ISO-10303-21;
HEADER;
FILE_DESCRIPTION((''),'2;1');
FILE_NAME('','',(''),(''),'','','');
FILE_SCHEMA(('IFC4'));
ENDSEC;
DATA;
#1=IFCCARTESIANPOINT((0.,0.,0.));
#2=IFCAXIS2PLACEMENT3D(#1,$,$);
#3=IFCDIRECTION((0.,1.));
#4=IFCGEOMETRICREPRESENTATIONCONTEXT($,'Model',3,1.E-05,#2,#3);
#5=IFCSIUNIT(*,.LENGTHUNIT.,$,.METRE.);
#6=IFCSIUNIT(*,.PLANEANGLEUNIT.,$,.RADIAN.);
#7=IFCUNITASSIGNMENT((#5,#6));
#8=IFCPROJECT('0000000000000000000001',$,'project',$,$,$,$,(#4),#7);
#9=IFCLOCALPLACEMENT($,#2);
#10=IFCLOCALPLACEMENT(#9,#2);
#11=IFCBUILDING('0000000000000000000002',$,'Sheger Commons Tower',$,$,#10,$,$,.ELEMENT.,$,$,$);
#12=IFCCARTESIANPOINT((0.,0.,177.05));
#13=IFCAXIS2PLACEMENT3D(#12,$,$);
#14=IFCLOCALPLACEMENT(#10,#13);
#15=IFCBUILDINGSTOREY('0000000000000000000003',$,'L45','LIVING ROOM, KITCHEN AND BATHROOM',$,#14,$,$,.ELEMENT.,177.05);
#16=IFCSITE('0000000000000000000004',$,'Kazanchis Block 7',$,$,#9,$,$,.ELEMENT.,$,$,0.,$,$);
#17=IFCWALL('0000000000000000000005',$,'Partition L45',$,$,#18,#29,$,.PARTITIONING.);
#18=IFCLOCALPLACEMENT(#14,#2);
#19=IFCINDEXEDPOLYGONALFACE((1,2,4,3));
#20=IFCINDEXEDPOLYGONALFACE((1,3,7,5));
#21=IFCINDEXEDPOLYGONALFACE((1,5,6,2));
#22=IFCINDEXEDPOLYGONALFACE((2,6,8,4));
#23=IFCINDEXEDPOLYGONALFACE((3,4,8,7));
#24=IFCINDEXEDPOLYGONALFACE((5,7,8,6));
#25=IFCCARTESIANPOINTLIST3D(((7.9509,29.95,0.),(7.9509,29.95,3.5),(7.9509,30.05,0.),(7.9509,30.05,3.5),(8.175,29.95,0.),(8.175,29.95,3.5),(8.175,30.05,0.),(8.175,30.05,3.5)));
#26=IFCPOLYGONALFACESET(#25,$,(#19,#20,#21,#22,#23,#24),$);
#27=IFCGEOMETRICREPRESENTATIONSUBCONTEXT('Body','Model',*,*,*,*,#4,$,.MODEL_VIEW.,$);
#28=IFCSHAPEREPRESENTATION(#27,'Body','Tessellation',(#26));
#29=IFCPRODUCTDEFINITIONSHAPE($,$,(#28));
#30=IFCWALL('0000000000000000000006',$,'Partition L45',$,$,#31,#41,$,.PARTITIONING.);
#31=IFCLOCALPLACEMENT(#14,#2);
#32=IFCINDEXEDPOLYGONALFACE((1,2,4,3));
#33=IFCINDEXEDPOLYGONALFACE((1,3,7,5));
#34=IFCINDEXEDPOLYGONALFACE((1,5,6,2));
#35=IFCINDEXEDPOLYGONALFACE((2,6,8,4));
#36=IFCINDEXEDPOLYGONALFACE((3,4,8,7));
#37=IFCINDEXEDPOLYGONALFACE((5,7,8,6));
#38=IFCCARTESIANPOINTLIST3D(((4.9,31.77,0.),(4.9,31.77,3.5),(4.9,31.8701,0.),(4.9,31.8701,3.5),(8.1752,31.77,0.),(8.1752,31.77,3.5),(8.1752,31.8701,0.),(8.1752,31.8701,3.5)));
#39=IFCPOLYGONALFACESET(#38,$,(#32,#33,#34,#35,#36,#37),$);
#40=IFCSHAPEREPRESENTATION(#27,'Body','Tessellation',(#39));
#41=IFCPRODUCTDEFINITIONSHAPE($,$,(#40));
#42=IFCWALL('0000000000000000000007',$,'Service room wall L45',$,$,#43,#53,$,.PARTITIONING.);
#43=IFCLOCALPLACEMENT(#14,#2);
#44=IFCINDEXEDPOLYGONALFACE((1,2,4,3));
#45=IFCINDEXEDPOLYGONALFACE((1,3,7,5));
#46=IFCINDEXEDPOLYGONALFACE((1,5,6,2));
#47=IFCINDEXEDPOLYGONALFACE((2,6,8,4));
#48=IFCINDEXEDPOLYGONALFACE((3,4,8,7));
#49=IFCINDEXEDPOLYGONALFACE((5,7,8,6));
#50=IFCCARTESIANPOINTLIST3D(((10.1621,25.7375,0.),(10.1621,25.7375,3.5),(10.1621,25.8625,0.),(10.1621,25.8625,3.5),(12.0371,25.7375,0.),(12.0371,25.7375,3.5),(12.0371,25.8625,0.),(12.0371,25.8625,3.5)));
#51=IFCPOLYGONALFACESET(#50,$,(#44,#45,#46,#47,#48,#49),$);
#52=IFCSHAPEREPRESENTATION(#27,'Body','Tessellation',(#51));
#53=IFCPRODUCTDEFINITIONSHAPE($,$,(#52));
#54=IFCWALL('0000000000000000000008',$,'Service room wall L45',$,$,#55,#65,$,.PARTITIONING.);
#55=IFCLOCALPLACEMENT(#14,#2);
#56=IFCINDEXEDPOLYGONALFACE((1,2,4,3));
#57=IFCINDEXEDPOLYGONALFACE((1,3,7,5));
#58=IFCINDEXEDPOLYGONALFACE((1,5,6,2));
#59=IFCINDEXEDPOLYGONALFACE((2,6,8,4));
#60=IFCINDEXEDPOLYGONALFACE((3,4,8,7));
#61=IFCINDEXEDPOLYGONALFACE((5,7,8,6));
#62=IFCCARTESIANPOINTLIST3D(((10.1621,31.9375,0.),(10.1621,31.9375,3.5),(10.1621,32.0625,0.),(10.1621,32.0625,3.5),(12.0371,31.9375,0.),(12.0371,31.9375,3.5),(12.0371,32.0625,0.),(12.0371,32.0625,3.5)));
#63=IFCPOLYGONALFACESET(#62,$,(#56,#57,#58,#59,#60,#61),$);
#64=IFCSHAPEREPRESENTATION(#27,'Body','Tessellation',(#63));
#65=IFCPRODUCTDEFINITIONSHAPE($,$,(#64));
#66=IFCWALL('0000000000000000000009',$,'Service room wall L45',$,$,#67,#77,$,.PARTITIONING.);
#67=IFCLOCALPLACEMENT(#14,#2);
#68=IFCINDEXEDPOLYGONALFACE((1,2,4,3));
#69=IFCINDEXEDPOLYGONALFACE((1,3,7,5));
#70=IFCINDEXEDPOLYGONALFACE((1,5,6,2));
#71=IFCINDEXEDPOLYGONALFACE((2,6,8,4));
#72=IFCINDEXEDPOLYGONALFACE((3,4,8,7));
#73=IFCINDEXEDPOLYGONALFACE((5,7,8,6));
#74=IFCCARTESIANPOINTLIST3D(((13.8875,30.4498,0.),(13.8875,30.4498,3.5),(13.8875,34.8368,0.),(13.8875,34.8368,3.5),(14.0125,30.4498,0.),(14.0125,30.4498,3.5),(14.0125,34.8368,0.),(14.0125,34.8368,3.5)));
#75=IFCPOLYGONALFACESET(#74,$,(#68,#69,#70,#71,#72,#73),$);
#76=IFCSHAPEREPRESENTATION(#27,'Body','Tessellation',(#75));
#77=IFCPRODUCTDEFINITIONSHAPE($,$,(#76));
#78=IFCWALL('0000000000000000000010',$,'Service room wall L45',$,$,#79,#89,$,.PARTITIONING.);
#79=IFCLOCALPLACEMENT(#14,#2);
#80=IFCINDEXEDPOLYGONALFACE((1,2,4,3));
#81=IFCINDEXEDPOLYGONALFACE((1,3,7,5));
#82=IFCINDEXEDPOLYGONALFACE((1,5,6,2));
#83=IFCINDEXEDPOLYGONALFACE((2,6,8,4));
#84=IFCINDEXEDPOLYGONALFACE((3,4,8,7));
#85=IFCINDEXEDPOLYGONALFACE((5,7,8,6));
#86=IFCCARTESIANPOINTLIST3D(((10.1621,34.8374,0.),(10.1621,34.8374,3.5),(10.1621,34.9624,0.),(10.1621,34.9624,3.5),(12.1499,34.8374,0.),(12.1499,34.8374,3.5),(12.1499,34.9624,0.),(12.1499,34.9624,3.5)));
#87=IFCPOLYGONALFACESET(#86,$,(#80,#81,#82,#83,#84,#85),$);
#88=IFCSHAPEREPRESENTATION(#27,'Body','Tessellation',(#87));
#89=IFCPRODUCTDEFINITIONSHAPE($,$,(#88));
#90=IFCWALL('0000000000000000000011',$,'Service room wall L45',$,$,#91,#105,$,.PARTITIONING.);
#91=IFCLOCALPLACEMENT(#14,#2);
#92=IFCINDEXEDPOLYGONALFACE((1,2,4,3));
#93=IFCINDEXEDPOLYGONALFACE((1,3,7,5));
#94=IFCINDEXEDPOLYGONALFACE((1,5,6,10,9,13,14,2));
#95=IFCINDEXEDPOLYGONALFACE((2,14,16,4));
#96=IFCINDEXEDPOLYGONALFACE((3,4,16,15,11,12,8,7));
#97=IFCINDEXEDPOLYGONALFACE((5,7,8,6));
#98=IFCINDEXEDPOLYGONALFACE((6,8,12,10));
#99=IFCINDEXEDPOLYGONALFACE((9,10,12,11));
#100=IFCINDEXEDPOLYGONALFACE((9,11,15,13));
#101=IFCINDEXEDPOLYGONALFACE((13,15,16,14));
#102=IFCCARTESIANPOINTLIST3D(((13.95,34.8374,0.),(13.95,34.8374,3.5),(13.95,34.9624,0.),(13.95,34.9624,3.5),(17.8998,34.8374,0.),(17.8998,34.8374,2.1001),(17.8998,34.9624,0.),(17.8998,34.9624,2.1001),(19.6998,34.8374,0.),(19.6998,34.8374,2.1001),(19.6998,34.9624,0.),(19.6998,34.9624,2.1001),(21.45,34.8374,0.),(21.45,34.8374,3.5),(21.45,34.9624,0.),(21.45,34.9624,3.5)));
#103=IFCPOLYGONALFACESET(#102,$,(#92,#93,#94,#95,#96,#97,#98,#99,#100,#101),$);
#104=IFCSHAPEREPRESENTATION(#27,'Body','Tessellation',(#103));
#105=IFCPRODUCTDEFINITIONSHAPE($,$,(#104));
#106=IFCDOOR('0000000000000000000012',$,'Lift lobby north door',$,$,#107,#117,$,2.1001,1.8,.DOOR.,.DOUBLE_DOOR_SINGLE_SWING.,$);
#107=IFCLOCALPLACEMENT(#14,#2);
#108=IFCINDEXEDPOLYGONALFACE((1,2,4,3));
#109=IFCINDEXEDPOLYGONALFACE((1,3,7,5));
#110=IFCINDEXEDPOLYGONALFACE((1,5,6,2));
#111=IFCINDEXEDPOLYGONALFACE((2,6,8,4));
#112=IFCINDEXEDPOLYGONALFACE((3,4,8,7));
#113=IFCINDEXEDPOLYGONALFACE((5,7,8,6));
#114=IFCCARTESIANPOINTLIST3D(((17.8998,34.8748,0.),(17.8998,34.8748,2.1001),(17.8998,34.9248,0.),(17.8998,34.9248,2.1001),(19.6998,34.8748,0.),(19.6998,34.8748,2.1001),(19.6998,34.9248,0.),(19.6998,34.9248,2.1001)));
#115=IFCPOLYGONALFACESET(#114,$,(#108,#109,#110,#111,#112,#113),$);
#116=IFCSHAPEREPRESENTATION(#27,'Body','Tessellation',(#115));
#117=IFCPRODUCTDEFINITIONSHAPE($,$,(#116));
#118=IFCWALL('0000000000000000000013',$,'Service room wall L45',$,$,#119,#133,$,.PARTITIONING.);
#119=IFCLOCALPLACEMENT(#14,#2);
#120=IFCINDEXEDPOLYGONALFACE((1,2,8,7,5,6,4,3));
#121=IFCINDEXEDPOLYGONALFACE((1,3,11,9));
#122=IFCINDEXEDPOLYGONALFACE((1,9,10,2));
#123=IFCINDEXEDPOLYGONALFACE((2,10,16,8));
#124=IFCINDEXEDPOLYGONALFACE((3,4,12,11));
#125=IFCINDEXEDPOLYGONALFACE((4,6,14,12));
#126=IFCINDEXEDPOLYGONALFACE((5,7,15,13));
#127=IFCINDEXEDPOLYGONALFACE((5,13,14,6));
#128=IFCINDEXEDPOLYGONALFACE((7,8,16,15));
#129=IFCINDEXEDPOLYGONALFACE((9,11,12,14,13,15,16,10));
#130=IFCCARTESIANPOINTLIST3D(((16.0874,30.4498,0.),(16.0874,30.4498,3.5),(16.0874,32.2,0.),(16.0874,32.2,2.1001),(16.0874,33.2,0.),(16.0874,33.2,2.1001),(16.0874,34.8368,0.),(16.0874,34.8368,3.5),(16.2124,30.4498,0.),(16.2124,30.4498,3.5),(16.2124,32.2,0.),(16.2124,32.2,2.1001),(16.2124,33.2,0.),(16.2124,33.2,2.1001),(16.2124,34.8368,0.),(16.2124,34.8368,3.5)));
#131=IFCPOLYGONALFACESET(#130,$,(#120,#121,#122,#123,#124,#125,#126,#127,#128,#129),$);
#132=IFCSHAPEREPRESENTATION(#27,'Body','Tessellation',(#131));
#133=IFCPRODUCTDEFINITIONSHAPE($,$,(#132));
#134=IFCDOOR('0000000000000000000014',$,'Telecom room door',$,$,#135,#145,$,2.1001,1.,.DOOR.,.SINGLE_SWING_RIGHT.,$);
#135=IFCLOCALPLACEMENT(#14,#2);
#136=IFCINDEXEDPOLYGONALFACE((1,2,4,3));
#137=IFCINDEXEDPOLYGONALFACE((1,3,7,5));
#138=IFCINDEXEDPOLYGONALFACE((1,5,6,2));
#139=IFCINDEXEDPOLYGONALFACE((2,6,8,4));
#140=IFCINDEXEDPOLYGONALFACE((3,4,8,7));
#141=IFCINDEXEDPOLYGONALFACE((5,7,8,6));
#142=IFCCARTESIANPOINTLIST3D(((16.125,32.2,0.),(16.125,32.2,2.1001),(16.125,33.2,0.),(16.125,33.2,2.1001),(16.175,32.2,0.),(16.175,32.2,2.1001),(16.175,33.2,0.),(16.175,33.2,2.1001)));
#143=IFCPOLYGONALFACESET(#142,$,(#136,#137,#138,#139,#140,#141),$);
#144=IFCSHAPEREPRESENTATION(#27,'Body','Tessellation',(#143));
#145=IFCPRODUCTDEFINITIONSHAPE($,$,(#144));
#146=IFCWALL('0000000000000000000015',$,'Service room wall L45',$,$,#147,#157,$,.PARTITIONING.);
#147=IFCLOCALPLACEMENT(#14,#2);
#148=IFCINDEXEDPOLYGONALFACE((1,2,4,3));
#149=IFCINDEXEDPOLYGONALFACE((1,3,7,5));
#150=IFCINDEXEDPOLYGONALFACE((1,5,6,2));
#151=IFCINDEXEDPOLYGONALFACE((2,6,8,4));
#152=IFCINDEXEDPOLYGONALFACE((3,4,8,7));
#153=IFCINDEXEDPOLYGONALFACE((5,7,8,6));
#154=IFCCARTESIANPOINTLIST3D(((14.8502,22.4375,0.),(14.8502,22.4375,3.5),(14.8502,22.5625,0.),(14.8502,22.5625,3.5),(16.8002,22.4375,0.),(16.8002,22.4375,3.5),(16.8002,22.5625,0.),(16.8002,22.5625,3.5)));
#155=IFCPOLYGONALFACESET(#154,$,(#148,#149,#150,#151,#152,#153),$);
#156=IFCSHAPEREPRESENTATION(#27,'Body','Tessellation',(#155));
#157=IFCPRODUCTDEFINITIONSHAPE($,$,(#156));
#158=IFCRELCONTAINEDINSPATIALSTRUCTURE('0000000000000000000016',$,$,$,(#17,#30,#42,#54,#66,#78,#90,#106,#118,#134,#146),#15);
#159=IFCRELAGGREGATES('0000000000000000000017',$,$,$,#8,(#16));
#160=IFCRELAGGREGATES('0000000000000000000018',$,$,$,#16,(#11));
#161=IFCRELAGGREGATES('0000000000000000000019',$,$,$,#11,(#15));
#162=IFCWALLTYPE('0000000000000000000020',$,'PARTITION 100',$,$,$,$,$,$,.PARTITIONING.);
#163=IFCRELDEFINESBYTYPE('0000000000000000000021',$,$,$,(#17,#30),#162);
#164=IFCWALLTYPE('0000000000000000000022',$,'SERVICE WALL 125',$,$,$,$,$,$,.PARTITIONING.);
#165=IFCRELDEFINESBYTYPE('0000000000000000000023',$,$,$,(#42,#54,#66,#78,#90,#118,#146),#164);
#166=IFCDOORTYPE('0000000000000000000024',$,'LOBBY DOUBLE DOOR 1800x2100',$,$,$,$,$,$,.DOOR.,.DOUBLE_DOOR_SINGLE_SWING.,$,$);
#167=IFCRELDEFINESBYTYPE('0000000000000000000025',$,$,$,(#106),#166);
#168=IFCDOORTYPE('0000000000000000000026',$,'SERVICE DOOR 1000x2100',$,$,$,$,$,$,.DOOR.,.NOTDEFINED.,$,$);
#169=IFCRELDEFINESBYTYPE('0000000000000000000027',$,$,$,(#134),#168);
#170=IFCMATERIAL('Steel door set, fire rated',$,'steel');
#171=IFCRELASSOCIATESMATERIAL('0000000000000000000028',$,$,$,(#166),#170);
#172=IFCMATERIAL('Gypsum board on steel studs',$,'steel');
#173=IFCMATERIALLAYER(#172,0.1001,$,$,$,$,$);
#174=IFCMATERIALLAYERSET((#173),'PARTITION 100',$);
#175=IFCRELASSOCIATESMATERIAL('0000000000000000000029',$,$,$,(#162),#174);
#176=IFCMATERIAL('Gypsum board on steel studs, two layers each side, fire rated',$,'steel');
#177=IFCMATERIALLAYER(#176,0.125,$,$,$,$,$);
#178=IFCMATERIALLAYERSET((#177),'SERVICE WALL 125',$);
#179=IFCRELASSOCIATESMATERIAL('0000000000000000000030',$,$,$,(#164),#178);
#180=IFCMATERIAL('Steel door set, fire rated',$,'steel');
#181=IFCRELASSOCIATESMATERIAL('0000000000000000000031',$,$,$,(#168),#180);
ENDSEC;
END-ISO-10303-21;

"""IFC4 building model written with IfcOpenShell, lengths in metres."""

from ifc_helpers import new_model, si_unit, direction, frame, frame_2d, origin, place, context, subcontext, project, spatial, rectangle, extrude, material, layer, layer_set, type_object, element, fill, save


model = new_model("IFC4")

# Units and contexts
model_context = context("Model", 3, precision=1e-05, world=origin(), true_north=direction((0.0, 1.0)))
body_context = subcontext(model_context, "Body", "Model", "MODEL_VIEW")
ifc_project = project(units=[si_unit("LENGTHUNIT", "METRE"), si_unit("PLANEANGLEUNIT", "RADIAN")], contexts=[model_context])

# Site, building, storey
site_placement = place(None, origin())
site = spatial("IfcSite", under=ifc_project, at=site_placement, Name="Kazanchis Block 7", CompositionType="ELEMENT", RefElevation=0.0)
building_placement = place(site_placement, origin())
building = spatial("IfcBuilding", under=site, at=building_placement, Name="Sheger Commons Tower", CompositionType="ELEMENT")
storey_placement = place(building_placement, frame((0.0, 0.0, 177.05)))
storey = spatial("IfcBuildingStorey", under=building, at=storey_placement, Name="L45", Description="LIVING ROOM, KITCHEN AND BATHROOM", CompositionType="ELEMENT", Elevation=177.05)

# Shared definitions
ifc_material_1 = material(Name="Steel door set, fire rated", Category="steel")
door_type_1 = type_object("IfcDoorType", Name="LOBBY DOUBLE DOOR 1800x2100", OperationType="DOUBLE_DOOR_SINGLE_SWING", PredefinedType="DOOR", material=ifc_material_1)
ifc_material_2 = material(Name="Gypsum board on steel studs", Category="steel")
ifc_layer_1 = layer(ifc_material_2, 0.1001)
ifc_layer_set_1 = layer_set([ifc_layer_1], Name="PARTITION 100")
wall_type_1 = type_object("IfcWallType", Name="PARTITION 100", PredefinedType="PARTITIONING", material=ifc_layer_set_1)

# Walls
wall_1_placement = place(storey_placement, frame((7.9509, 30.0, 0.0), z_axis=(0.0, 0.0, 1.0), x_axis=(1.0, 0.0, 0.0)))
element("IfcWall", 1, at=wall_1_placement, inside=storey, type_object=wall_type_1, Name="Partition L45", PredefinedType="PARTITIONING", context=body_context, shape_type="SweptSolid", body=[
    extrude(rectangle(XDim=0.2241, YDim=0.1001, at=frame_2d((0.1121, 0.0))), origin(), (0.0, 0.0, 1.0), 3.5),
])
wall_2_placement = place(storey_placement, frame((4.8999, 31.8201, 0.0), z_axis=(0.0, 0.0, 1.0), x_axis=(1.0, 0.0, 0.0)))
element("IfcWall", 2, at=wall_2_placement, inside=storey, type_object=wall_type_1, Name="Partition L45", PredefinedType="PARTITIONING", context=body_context, shape_type="SweptSolid", body=[
    extrude(rectangle(XDim=3.2751, YDim=0.1001, at=frame_2d((1.6377, 0.0))), origin(), (0.0, 0.0, 1.0), 3.5),
])
ifc_material_3 = material(Name="Gypsum board on steel studs, two layers each side, fire rated", Category="steel")
ifc_layer_2 = layer(ifc_material_3, 0.125)
ifc_layer_set_2 = layer_set([ifc_layer_2], Name="SERVICE WALL 125")
wall_type_2 = type_object("IfcWallType", Name="SERVICE WALL 125", PredefinedType="PARTITIONING", material=ifc_layer_set_2)
for number, where, z_axis, x_axis, name in (
    (3, (10.1621, 25.8, 0.0), (0.0, 0.0, 1.0), (1.0, 0.0, 0.0), "Service room wall L45"),
    (4, (10.1621, 32.0, 0.0), (0.0, 0.0, 1.0), (1.0, 0.0, 0.0), "Service room wall L45"),
):
    element("IfcWall", number, at=place(storey_placement, frame(where, z_axis=z_axis, x_axis=x_axis)), inside=storey, type_object=wall_type_2, Name=name, PredefinedType="PARTITIONING", context=body_context, shape_type="SweptSolid", body=[
        extrude(rectangle(XDim=1.875, YDim=0.125, at=frame_2d((0.9375, 0.0))), origin(), (0.0, 0.0, 1.0), 3.5),
    ])
wall_3_placement = place(storey_placement, frame((13.95, 30.45, 0.0), z_axis=(0.0, 0.0, 1.0), x_axis=(0.0, 1.0, 0.0)))
element("IfcWall", 5, at=wall_3_placement, inside=storey, type_object=wall_type_2, Name="Service room wall L45", PredefinedType="PARTITIONING", context=body_context, shape_type="SweptSolid", body=[
    extrude(rectangle(XDim=4.387, YDim=0.125, at=frame_2d((2.1934, 0.0))), origin(), (0.0, 0.0, 1.0), 3.5),
])
wall_4_placement = place(storey_placement, frame((10.1621, 34.8999, 0.0), z_axis=(0.0, 0.0, 1.0), x_axis=(1.0, 0.0, 0.0)))
element("IfcWall", 6, at=wall_4_placement, inside=storey, type_object=wall_type_2, Name="Service room wall L45", PredefinedType="PARTITIONING", context=body_context, shape_type="SweptSolid", body=[
    extrude(rectangle(XDim=1.9878, YDim=0.125, at=frame_2d((0.9939, 0.0))), origin(), (0.0, 0.0, 1.0), 3.5),
])

# Walls, openings, doors
wall_5_placement = place(storey_placement, frame((13.95, 34.8999, 0.0), z_axis=(0.0, 0.0, 1.0), x_axis=(1.0, 0.0, 0.0)))
wall_5 = element("IfcWall", 7, at=wall_5_placement, inside=storey, type_object=wall_type_2, Name="Service room wall L45", PredefinedType="PARTITIONING", context=body_context, shape_type="SweptSolid", body=[
    extrude(rectangle(XDim=7.5, YDim=0.125, at=frame_2d((3.75, 0.0))), origin(), (0.0, 0.0, 1.0), 3.5),
])
opening_1_placement = place(wall_5_placement, frame((3.95, 0.0, 0.0)))
opening_1 = element("IfcOpeningElement", 8, at=opening_1_placement, cuts=wall_5, PredefinedType="OPENING", context=body_context, shape_type="SweptSolid", body=[
    extrude(rectangle(XDim=1.8, YDim=2.1001, at=frame_2d((0.8999, 1.05))), frame((0.0, 0.0725, 0.0), z_axis=(0.0, -1.0, 0.0), x_axis=(1.0, 0.0, 0.0)), (0.0, 0.0, 1.0), 0.145),
])
door_1_placement = place(opening_1_placement, origin())
door_1 = element("IfcDoor", 9, at=door_1_placement, inside=storey, type_object=door_type_1, Name="Lift lobby north door", OperationType="DOUBLE_DOOR_SINGLE_SWING", OverallHeight=2.1001, OverallWidth=1.8, PredefinedType="DOOR", context=body_context, shape_type="SweptSolid", body=[
    extrude(rectangle(XDim=1.8, YDim=2.1001, at=frame_2d((0.8999, 1.05))), frame((0.0, 0.0249, 0.0), z_axis=(0.0, -1.0, 0.0), x_axis=(1.0, 0.0, 0.0)), (0.0, 0.0, 1.0), 0.05),
])
fill(opening_1, door_1)
wall_6_placement = place(storey_placement, frame((16.1499, 30.45, 0.0), z_axis=(0.0, 0.0, 1.0), x_axis=(0.0, 1.0, 0.0)))
wall_6 = element("IfcWall", 10, at=wall_6_placement, inside=storey, type_object=wall_type_2, Name="Service room wall L45", PredefinedType="PARTITIONING", context=body_context, shape_type="SweptSolid", body=[
    extrude(rectangle(XDim=4.387, YDim=0.125, at=frame_2d((2.1934, 0.0))), origin(), (0.0, 0.0, 1.0), 3.5),
])
opening_2_placement = place(wall_6_placement, frame((1.75, 0.0, 0.0)))
opening_2 = element("IfcOpeningElement", 11, at=opening_2_placement, cuts=wall_6, PredefinedType="OPENING", context=body_context, shape_type="SweptSolid", body=[
    extrude(rectangle(XDim=1.0, YDim=2.1001, at=frame_2d((0.5, 1.05))), frame((0.0, 0.0725, 0.0), z_axis=(0.0, -1.0, 0.0), x_axis=(1.0, 0.0, 0.0)), (0.0, 0.0, 1.0), 0.145),
])
ifc_material_4 = material(Name="Steel door set, fire rated", Category="steel")
door_type_2 = type_object("IfcDoorType", Name="SERVICE DOOR 1000x2100", OperationType="NOTDEFINED", PredefinedType="DOOR", material=ifc_material_4)
door_2_placement = place(opening_2_placement, origin())
door_2 = element("IfcDoor", 12, at=door_2_placement, inside=storey, type_object=door_type_2, Name="Telecom room door", OperationType="SINGLE_SWING_RIGHT", OverallHeight=2.1001, OverallWidth=1.0, PredefinedType="DOOR", context=body_context, shape_type="SweptSolid", body=[
    extrude(rectangle(XDim=1.0, YDim=2.1001, at=frame_2d((0.5, 1.05))), frame((0.0, 0.0249, 0.0), z_axis=(0.0, -1.0, 0.0), x_axis=(1.0, 0.0, 0.0)), (0.0, 0.0, 1.0), 0.05),
])
fill(opening_2, door_2)

# Wall
wall_7_placement = place(storey_placement, frame((14.8501, 22.5, 0.0), z_axis=(0.0, 0.0, 1.0), x_axis=(1.0, 0.0, 0.0)))
element("IfcWall", 13, at=wall_7_placement, inside=storey, type_object=wall_type_2, Name="Service room wall L45", PredefinedType="PARTITIONING", context=body_context, shape_type="SweptSolid", body=[
    extrude(rectangle(XDim=1.95, YDim=0.125, at=frame_2d((0.9751, 0.0))), origin(), (0.0, 0.0, 1.0), 3.5),
])

save(model, "model.ifc")
